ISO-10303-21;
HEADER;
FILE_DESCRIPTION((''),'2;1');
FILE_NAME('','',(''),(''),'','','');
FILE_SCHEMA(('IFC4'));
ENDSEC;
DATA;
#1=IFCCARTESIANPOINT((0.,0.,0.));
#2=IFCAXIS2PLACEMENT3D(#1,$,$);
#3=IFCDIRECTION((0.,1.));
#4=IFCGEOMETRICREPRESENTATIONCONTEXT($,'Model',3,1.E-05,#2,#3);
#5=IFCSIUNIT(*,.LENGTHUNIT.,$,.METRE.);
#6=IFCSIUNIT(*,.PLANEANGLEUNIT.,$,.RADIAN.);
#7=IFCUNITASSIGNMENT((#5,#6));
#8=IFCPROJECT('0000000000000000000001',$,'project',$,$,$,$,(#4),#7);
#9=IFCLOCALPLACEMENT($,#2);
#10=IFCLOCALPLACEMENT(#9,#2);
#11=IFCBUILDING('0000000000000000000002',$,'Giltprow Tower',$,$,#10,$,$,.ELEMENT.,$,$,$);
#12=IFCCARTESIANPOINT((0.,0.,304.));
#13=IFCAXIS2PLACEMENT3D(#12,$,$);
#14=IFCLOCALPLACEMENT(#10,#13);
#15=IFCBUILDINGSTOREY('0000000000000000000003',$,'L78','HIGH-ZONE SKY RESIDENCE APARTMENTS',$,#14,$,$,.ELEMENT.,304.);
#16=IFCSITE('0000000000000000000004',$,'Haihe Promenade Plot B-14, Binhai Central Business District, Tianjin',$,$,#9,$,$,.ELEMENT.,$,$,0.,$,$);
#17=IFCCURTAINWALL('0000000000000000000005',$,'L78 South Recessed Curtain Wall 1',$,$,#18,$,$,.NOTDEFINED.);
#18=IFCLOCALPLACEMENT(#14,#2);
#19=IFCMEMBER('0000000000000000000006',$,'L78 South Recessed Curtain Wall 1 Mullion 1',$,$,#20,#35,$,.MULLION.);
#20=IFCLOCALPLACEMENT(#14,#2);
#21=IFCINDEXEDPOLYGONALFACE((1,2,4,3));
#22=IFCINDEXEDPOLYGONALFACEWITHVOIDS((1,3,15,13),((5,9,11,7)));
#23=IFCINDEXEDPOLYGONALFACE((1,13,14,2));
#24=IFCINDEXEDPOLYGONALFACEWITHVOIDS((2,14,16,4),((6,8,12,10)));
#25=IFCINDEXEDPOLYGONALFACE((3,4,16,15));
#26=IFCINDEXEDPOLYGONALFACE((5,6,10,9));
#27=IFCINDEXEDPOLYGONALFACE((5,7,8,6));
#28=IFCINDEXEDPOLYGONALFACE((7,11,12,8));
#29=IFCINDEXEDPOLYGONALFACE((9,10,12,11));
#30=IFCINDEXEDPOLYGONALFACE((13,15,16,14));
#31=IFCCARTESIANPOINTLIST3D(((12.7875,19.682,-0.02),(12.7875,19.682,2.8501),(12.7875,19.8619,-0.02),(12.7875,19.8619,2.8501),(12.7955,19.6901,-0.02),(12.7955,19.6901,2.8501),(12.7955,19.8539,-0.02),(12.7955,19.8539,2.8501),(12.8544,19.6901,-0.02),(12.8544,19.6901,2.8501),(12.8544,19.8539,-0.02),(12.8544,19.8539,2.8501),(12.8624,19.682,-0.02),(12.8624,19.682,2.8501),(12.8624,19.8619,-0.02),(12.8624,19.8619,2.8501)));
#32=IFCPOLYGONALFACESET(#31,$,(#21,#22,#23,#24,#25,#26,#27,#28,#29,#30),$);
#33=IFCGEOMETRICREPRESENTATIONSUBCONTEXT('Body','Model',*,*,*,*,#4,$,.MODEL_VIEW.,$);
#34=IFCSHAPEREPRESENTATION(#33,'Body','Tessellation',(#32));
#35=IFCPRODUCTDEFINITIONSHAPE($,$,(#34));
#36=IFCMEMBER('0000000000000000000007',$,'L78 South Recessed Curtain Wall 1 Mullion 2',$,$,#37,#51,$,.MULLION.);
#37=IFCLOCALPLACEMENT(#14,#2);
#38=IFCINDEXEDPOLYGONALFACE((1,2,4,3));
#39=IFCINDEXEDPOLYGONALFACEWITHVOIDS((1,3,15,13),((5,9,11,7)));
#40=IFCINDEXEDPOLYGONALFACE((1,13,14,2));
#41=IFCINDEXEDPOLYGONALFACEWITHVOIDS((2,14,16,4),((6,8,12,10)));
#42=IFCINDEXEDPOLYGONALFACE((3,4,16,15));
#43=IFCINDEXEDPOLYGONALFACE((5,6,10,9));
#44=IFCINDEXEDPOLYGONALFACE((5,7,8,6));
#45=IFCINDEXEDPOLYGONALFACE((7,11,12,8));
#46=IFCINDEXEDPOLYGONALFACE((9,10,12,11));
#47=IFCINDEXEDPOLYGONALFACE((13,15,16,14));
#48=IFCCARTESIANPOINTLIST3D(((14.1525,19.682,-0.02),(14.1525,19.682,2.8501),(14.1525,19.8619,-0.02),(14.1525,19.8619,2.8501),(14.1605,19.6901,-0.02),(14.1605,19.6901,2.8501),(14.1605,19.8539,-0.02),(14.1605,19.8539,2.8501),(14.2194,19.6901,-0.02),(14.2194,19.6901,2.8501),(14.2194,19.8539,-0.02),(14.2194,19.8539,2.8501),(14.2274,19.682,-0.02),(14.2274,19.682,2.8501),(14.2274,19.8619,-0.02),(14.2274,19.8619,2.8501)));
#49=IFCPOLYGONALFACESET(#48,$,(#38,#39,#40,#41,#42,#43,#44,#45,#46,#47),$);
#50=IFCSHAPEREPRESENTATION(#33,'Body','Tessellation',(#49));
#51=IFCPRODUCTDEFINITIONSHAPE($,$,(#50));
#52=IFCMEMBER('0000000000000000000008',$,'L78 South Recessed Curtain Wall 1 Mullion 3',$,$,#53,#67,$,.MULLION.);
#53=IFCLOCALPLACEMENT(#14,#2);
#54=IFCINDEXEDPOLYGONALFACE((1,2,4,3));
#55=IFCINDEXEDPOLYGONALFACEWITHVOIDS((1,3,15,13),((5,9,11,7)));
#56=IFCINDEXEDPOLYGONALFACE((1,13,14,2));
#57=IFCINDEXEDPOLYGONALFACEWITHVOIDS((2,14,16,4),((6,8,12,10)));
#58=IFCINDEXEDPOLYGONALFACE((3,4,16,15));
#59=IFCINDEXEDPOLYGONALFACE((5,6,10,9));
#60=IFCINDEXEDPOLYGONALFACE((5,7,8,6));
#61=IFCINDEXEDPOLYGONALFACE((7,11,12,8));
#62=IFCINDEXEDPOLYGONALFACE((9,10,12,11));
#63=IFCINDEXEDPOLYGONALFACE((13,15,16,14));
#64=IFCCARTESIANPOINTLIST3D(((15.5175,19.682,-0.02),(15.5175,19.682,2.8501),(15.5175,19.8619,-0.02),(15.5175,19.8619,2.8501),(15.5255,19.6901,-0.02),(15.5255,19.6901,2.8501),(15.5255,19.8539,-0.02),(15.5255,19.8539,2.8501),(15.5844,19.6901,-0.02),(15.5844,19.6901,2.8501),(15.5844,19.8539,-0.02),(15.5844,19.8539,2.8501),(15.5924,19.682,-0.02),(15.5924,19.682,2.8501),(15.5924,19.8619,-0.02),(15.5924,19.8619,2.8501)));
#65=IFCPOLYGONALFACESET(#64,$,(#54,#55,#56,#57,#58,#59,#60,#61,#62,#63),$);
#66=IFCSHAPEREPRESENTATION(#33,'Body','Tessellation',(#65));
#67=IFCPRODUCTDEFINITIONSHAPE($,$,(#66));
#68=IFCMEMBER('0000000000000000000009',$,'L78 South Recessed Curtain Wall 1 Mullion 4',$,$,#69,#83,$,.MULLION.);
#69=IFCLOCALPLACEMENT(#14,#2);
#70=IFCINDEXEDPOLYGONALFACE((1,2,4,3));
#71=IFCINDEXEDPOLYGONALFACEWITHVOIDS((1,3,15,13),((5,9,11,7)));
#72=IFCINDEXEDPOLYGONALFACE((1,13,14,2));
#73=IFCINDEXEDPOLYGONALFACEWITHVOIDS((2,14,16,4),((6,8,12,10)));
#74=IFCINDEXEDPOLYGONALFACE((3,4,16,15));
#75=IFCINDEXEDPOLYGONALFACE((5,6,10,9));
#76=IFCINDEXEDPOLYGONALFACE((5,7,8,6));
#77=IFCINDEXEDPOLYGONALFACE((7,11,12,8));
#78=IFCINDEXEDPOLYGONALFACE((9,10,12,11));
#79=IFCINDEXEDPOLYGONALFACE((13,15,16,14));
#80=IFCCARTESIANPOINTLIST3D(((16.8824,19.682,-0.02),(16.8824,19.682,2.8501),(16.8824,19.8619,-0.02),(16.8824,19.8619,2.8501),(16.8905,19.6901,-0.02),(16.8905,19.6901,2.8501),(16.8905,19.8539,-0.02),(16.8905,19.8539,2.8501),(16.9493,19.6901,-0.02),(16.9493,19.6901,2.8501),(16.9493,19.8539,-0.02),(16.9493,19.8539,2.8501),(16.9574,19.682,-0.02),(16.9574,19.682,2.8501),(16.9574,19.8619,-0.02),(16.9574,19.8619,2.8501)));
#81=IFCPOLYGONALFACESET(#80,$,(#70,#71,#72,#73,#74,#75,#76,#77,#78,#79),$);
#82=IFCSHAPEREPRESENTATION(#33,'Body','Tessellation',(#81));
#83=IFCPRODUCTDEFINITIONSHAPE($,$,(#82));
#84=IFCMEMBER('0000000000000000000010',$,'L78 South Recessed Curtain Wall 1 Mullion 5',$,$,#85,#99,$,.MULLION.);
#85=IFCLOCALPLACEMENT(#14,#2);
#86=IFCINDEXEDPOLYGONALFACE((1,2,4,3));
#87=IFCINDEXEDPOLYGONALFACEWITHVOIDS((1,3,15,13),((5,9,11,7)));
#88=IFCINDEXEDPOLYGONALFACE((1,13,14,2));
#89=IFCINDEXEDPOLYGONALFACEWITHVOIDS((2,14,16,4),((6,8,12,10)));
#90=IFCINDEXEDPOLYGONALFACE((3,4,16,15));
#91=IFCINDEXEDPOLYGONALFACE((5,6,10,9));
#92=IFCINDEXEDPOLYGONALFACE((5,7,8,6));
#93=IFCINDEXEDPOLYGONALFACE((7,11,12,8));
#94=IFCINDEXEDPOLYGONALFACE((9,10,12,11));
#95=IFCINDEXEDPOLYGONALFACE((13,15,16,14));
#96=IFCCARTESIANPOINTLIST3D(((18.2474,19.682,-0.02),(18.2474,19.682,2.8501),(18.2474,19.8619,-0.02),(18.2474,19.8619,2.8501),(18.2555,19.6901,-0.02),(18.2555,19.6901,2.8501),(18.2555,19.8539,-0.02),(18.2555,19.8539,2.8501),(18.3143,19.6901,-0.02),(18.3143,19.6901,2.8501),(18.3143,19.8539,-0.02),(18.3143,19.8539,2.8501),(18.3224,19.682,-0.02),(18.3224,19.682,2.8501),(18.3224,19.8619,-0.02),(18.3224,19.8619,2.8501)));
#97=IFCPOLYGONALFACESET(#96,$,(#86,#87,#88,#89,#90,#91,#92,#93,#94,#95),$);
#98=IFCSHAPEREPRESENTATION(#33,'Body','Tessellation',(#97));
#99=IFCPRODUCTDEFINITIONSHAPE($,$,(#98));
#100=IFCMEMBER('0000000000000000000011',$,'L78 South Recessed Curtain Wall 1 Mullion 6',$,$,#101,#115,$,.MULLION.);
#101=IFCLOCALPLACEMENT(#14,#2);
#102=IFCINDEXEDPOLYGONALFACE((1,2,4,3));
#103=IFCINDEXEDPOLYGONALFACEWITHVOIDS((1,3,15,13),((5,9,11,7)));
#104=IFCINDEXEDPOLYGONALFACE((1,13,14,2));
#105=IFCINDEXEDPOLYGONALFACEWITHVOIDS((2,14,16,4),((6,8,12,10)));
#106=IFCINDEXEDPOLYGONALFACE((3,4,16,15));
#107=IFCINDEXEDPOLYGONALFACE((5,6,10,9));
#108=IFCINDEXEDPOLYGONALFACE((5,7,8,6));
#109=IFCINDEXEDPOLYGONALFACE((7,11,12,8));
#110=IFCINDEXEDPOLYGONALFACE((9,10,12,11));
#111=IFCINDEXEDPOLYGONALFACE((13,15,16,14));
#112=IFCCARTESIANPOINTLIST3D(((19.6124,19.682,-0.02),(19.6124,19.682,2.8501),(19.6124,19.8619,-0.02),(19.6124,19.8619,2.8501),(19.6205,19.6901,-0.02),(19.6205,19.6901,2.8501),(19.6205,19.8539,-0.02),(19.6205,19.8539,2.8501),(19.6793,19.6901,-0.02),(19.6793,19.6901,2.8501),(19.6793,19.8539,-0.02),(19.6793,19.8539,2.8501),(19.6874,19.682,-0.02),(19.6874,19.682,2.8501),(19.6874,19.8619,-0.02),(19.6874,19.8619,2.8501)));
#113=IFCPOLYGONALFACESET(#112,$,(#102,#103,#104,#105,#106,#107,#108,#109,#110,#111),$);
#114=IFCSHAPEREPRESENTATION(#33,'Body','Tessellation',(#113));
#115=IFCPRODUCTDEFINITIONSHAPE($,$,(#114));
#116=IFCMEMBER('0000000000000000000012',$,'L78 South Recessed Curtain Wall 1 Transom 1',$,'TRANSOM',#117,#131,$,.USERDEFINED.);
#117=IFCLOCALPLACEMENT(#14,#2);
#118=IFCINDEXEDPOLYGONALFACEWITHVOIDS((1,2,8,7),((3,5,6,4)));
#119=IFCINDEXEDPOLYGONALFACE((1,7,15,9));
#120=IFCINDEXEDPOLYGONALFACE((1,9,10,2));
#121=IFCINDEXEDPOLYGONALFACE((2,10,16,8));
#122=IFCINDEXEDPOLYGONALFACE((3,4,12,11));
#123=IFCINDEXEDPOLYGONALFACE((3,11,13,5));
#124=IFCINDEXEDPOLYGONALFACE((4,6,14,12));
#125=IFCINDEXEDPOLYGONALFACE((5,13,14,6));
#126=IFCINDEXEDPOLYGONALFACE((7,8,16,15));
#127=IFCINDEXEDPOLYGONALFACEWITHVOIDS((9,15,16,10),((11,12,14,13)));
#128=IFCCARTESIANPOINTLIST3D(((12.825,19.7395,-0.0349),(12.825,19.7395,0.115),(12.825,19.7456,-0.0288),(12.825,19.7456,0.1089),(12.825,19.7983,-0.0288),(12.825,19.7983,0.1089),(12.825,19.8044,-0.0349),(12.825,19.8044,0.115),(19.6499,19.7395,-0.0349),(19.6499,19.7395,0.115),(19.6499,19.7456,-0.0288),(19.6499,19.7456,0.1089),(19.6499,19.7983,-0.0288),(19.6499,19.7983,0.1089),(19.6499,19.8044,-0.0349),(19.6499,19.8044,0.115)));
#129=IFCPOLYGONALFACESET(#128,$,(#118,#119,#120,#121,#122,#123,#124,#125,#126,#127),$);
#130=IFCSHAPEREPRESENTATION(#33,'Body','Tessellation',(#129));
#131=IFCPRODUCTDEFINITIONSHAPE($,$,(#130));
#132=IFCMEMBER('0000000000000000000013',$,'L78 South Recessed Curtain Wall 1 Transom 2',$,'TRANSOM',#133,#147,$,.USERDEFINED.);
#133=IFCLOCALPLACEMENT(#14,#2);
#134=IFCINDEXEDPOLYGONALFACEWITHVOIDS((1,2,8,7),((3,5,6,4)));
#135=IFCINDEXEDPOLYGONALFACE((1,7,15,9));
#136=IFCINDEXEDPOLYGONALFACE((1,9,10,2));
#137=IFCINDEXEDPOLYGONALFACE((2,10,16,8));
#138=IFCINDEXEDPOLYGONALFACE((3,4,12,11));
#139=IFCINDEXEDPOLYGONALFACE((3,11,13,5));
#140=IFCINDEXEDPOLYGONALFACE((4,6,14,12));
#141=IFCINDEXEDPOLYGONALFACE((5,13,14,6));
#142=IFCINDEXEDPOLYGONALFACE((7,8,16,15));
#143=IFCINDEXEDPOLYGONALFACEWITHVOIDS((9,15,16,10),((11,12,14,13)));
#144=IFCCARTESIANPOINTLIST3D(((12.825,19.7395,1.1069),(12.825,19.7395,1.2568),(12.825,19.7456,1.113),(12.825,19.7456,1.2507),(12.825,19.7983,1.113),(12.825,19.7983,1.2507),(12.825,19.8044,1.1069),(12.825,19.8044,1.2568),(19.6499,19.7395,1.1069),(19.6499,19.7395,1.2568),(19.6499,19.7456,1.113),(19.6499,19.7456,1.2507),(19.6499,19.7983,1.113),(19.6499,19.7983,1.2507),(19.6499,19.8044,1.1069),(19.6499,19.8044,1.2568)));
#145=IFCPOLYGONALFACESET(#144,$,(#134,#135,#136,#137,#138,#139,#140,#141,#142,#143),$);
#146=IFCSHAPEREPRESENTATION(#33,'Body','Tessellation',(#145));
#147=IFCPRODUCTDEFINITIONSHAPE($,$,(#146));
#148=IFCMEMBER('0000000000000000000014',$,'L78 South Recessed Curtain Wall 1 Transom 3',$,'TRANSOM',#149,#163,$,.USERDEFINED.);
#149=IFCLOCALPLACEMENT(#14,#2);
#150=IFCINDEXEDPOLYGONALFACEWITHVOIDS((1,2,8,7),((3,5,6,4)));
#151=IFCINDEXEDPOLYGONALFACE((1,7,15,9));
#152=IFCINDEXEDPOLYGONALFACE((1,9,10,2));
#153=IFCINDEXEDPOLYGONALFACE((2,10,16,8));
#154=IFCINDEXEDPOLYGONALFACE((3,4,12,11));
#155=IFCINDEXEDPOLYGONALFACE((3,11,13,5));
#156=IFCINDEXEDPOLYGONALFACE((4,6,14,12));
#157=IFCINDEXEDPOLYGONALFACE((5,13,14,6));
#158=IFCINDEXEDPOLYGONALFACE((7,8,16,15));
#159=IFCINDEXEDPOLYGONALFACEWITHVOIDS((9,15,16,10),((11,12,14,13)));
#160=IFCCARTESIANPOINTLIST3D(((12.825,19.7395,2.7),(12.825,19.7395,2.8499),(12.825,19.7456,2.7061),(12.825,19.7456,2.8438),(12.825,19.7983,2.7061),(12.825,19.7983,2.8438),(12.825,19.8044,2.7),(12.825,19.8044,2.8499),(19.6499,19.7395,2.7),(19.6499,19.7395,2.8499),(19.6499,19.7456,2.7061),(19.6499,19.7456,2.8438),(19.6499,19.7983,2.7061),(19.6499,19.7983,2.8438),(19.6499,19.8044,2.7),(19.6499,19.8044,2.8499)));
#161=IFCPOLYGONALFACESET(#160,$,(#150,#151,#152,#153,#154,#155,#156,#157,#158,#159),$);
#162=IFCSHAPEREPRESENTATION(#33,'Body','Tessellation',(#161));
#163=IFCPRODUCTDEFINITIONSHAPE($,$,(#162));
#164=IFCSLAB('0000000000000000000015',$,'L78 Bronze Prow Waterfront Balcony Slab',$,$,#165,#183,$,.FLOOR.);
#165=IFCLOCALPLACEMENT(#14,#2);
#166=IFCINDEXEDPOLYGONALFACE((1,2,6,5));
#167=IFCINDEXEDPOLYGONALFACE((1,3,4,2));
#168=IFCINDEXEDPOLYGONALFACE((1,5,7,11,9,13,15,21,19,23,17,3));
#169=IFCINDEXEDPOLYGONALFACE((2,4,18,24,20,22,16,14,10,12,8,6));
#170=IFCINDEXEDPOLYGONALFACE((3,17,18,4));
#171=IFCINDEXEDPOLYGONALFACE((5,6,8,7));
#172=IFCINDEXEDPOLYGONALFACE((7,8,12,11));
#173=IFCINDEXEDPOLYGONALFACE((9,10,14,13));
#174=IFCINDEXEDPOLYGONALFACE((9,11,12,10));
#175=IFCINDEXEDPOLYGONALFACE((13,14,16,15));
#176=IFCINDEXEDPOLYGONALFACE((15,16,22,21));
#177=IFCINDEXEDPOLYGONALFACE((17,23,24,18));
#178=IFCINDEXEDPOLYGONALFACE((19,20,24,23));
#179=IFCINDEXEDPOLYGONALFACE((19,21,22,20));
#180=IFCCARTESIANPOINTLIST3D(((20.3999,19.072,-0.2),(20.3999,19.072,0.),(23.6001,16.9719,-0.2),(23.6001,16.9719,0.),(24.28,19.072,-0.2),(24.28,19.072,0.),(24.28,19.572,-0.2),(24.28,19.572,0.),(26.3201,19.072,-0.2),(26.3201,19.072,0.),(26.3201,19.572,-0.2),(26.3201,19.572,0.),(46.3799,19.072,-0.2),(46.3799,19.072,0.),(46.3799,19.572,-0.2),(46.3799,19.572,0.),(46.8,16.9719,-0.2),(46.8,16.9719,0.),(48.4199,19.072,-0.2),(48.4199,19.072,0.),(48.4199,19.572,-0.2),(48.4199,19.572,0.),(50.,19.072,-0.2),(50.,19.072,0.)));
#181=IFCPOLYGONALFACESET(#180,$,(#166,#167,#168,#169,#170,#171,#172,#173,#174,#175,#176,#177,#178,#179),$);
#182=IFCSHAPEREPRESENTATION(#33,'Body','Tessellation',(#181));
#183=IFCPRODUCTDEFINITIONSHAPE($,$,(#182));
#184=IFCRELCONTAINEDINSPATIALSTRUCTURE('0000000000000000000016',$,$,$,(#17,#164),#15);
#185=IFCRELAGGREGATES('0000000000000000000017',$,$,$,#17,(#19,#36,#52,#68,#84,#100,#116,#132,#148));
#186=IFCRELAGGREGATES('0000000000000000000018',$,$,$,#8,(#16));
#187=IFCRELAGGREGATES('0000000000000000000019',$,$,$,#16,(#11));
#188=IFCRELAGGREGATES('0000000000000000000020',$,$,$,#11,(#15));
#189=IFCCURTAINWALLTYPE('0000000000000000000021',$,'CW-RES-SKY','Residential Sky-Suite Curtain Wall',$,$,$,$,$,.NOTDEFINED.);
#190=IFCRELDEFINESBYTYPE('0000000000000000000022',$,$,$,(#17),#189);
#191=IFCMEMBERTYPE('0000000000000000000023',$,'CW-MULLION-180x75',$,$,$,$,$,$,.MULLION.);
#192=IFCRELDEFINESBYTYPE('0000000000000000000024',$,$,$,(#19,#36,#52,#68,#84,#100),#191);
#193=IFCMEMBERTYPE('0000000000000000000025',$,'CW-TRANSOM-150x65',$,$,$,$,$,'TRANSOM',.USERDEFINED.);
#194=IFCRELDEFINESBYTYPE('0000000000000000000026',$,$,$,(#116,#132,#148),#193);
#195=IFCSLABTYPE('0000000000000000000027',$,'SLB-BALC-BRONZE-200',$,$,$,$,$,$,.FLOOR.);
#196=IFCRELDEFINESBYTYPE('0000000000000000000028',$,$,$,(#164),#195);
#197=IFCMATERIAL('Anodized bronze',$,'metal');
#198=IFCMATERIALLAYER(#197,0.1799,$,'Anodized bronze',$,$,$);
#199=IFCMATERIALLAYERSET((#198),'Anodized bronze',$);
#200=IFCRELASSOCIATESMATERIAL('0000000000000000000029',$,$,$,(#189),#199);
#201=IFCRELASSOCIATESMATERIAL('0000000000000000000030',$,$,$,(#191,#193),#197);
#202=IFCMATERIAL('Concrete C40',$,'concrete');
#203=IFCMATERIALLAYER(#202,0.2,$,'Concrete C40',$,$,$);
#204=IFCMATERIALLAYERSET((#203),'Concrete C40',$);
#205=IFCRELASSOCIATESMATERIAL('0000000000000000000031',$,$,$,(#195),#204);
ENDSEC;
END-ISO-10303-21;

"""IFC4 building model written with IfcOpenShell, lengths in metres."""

from ifc_helpers import new_model, si_unit, direction, frame, origin, origin_2d, place, context, subcontext, project, spatial, polyline, hollow_rectangle, outline, extrude, source, transform, mapped, material, layer, layer_set, material_profile, profile_set, type_object, element, aggregate, save


model = new_model("IFC4")

# Units and contexts
model_context = context("Model", 3, precision=1e-05, world=origin(), true_north=direction((0.0, 1.0)))
body_context = subcontext(model_context, "Body", "Model", "MODEL_VIEW")
ifc_project = project(units=[si_unit("LENGTHUNIT", "METRE"), si_unit("PLANEANGLEUNIT", "RADIAN")], contexts=[model_context])

# Site, building, storey
site_placement = place(None, origin())
site = spatial("IfcSite", under=ifc_project, at=site_placement, Name="Haihe Promenade Plot B-14, Binhai Central Business District, Tianjin", CompositionType="ELEMENT", RefElevation=0.0)
building_placement = place(site_placement, origin())
building = spatial("IfcBuilding", under=site, at=building_placement, Name="Giltprow Tower", CompositionType="ELEMENT")
storey_placement = place(building_placement, frame((0.0, 0.0, 304.0)))
storey = spatial("IfcBuildingStorey", under=building, at=storey_placement, Name="L78", Description="HIGH-ZONE SKY RESIDENCE APARTMENTS", CompositionType="ELEMENT", Elevation=304.0)

# Curtain wall, members
ifc_material_1 = material(Name="Anodized bronze", Category="metal")
ifc_layer_1 = layer(ifc_material_1, 0.1799, Name="Anodized bronze")
ifc_layer_set_1 = layer_set([ifc_layer_1], Name="Anodized bronze")
curtain_wall_type = type_object("IfcCurtainWallType", Name="CW-RES-SKY", Description="Residential Sky-Suite Curtain Wall", PredefinedType="NOTDEFINED", material=ifc_layer_set_1)
curtain_wall_placement = place(storey_placement, origin())
curtain_wall = element("IfcCurtainWall", 1, at=curtain_wall_placement, inside=storey, type_object=curtain_wall_type, Name="L78 South Recessed Curtain Wall 1", PredefinedType="NOTDEFINED")
ifc_material_profile_1 = material_profile(ifc_material_1, hollow_rectangle(XDim=0.075, YDim=0.1799, WallThickness=0.0081, at=origin_2d()), Name="RHS 180x75x8")
ifc_profile_set_1 = profile_set([ifc_material_profile_1], Name="Anodized bronze")
member_type_1 = type_object("IfcMemberType", Name="CW-MULLION-180x75", PredefinedType="MULLION", material=ifc_profile_set_1)
shared_shape_1 = source(origin(), body_context, "Body", "SweptSolid", [
    extrude(hollow_rectangle(XDim=0.075, YDim=0.1799, WallThickness=0.0081, at=origin_2d()), origin(), (0.0, 0.0, 1.0), 2.8701),
])
member_1_placement = place(storey_placement, frame((12.825, 19.772, -0.02), z_axis=(0.0, 0.0, 1.0), x_axis=(1.0, 0.0, 0.0)))
member_1 = element("IfcMember", 2, at=member_1_placement, type_object=member_type_1, Name="L78 South Recessed Curtain Wall 1 Mullion 1", PredefinedType="MULLION", context=body_context, shape_type="MappedRepresentation", body=[
    mapped(shared_shape_1, transform((0.0, 0.0, 0.0), x_axis=(1.0, 0.0, 0.0), y_axis=(0.0, 1.0, 0.0), z_axis=(0.0, 0.0, 1.0), scale=1.0)),
])
member_2_placement = place(storey_placement, frame((14.1899, 19.772, -0.02), z_axis=(0.0, 0.0, 1.0), x_axis=(1.0, 0.0, 0.0)))
member_2 = element("IfcMember", 3, at=member_2_placement, type_object=member_type_1, Name="L78 South Recessed Curtain Wall 1 Mullion 2", PredefinedType="MULLION", context=body_context, shape_type="MappedRepresentation", body=[
    mapped(shared_shape_1, transform((0.0, 0.0, 0.0), x_axis=(1.0, 0.0, 0.0), y_axis=(0.0, 1.0, 0.0), z_axis=(0.0, 0.0, 1.0), scale=1.0)),
])
member_3_placement = place(storey_placement, frame((15.5549, 19.772, -0.02), z_axis=(0.0, 0.0, 1.0), x_axis=(1.0, 0.0, 0.0)))
member_3 = element("IfcMember", 4, at=member_3_placement, type_object=member_type_1, Name="L78 South Recessed Curtain Wall 1 Mullion 3", PredefinedType="MULLION", context=body_context, shape_type="MappedRepresentation", body=[
    mapped(shared_shape_1, transform((0.0, 0.0, 0.0), x_axis=(1.0, 0.0, 0.0), y_axis=(0.0, 1.0, 0.0), z_axis=(0.0, 0.0, 1.0), scale=1.0)),
])
member_4_placement = place(storey_placement, frame((16.9199, 19.772, -0.02), z_axis=(0.0, 0.0, 1.0), x_axis=(1.0, 0.0, 0.0)))
member_4 = element("IfcMember", 5, at=member_4_placement, type_object=member_type_1, Name="L78 South Recessed Curtain Wall 1 Mullion 4", PredefinedType="MULLION", context=body_context, shape_type="MappedRepresentation", body=[
    mapped(shared_shape_1, transform((0.0, 0.0, 0.0), x_axis=(1.0, 0.0, 0.0), y_axis=(0.0, 1.0, 0.0), z_axis=(0.0, 0.0, 1.0), scale=1.0)),
])
member_5_placement = place(storey_placement, frame((18.2849, 19.772, -0.02), z_axis=(0.0, 0.0, 1.0), x_axis=(1.0, 0.0, 0.0)))
member_5 = element("IfcMember", 6, at=member_5_placement, type_object=member_type_1, Name="L78 South Recessed Curtain Wall 1 Mullion 5", PredefinedType="MULLION", context=body_context, shape_type="MappedRepresentation", body=[
    mapped(shared_shape_1, transform((0.0, 0.0, 0.0), x_axis=(1.0, 0.0, 0.0), y_axis=(0.0, 1.0, 0.0), z_axis=(0.0, 0.0, 1.0), scale=1.0)),
])
member_6_placement = place(storey_placement, frame((19.6499, 19.772, -0.02), z_axis=(0.0, 0.0, 1.0), x_axis=(1.0, 0.0, 0.0)))
member_6 = element("IfcMember", 7, at=member_6_placement, type_object=member_type_1, Name="L78 South Recessed Curtain Wall 1 Mullion 6", PredefinedType="MULLION", context=body_context, shape_type="MappedRepresentation", body=[
    mapped(shared_shape_1, transform((0.0, 0.0, 0.0), x_axis=(1.0, 0.0, 0.0), y_axis=(0.0, 1.0, 0.0), z_axis=(0.0, 0.0, 1.0), scale=1.0)),
])
ifc_material_profile_2 = material_profile(ifc_material_1, hollow_rectangle(XDim=0.0649, YDim=0.1499, WallThickness=0.0061, at=origin_2d()), Name="RHS 150x65x6")
ifc_profile_set_2 = profile_set([ifc_material_profile_2], Name="Anodized bronze")
member_type_2 = type_object("IfcMemberType", Name="CW-TRANSOM-150x65", ElementType="TRANSOM", PredefinedType="USERDEFINED", material=ifc_profile_set_2)
shared_shape_2 = source(origin(), body_context, "Body", "SweptSolid", [
    extrude(hollow_rectangle(XDim=0.0649, YDim=0.1499, WallThickness=0.0061, at=origin_2d()), origin(), (0.0, 0.0, 1.0), 6.825),
])
member_7_placement = place(storey_placement, frame((12.825, 19.772, 0.04), z_axis=(1.0, 0.0, 0.0), x_axis=(0.0, 1.0, 0.0)))
member_7 = element("IfcMember", 8, at=member_7_placement, type_object=member_type_2, Name="L78 South Recessed Curtain Wall 1 Transom 1", ObjectType="TRANSOM", PredefinedType="USERDEFINED", context=body_context, shape_type="MappedRepresentation", body=[
    mapped(shared_shape_2, transform((0.0, 0.0, 0.0), x_axis=(1.0, 0.0, 0.0), y_axis=(0.0, 1.0, 0.0), z_axis=(0.0, 0.0, 1.0), scale=1.0)),
])
member_8_placement = place(storey_placement, frame((12.825, 19.772, 1.1819), z_axis=(1.0, 0.0, 0.0), x_axis=(0.0, 1.0, 0.0)))
member_8 = element("IfcMember", 9, at=member_8_placement, type_object=member_type_2, Name="L78 South Recessed Curtain Wall 1 Transom 2", ObjectType="TRANSOM", PredefinedType="USERDEFINED", context=body_context, shape_type="MappedRepresentation", body=[
    mapped(shared_shape_2, transform((0.0, 0.0, 0.0), x_axis=(1.0, 0.0, 0.0), y_axis=(0.0, 1.0, 0.0), z_axis=(0.0, 0.0, 1.0), scale=1.0)),
])
member_9_placement = place(storey_placement, frame((12.825, 19.772, 2.7749), z_axis=(1.0, 0.0, 0.0), x_axis=(0.0, 1.0, 0.0)))
member_9 = element("IfcMember", 10, at=member_9_placement, type_object=member_type_2, Name="L78 South Recessed Curtain Wall 1 Transom 3", ObjectType="TRANSOM", PredefinedType="USERDEFINED", context=body_context, shape_type="MappedRepresentation", body=[
    mapped(shared_shape_2, transform((0.0, 0.0, 0.0), x_axis=(1.0, 0.0, 0.0), y_axis=(0.0, 1.0, 0.0), z_axis=(0.0, 0.0, 1.0), scale=1.0)),
])

# Slab
ifc_material_2 = material(Name="Concrete C40", Category="concrete")
ifc_layer_2 = layer(ifc_material_2, 0.2, Name="Concrete C40")
ifc_layer_set_2 = layer_set([ifc_layer_2], Name="Concrete C40")
slab_type_1 = type_object("IfcSlabType", Name="SLB-BALC-BRONZE-200", PredefinedType="FLOOR", material=ifc_layer_set_2)
slab_1_placement = place(storey_placement, frame((0.0, 0.0, -0.2)))
element("IfcSlab", 11, at=slab_1_placement, inside=storey, type_object=slab_type_1, Name="L78 Bronze Prow Waterfront Balcony Slab", PredefinedType="FLOOR", context=body_context, shape_type="SweptSolid", body=[
    extrude(outline(polyline([(50.0, 19.072), (46.8, 16.9719), (23.6001, 16.9719), (20.3999, 19.072), (24.28, 19.072), (24.28, 19.572), (26.3201, 19.572), (26.3201, 19.072), (46.3799, 19.072), (46.3799, 19.572), (48.4199, 19.572), (48.4199, 19.072), (50.0, 19.072)])), origin(), (0.0, 0.0, 1.0), 0.2),
])

aggregate(curtain_wall, [member_1, member_2, member_3, member_4, member_5, member_6, member_7, member_8, member_9])

save(model, "model.ifc")
